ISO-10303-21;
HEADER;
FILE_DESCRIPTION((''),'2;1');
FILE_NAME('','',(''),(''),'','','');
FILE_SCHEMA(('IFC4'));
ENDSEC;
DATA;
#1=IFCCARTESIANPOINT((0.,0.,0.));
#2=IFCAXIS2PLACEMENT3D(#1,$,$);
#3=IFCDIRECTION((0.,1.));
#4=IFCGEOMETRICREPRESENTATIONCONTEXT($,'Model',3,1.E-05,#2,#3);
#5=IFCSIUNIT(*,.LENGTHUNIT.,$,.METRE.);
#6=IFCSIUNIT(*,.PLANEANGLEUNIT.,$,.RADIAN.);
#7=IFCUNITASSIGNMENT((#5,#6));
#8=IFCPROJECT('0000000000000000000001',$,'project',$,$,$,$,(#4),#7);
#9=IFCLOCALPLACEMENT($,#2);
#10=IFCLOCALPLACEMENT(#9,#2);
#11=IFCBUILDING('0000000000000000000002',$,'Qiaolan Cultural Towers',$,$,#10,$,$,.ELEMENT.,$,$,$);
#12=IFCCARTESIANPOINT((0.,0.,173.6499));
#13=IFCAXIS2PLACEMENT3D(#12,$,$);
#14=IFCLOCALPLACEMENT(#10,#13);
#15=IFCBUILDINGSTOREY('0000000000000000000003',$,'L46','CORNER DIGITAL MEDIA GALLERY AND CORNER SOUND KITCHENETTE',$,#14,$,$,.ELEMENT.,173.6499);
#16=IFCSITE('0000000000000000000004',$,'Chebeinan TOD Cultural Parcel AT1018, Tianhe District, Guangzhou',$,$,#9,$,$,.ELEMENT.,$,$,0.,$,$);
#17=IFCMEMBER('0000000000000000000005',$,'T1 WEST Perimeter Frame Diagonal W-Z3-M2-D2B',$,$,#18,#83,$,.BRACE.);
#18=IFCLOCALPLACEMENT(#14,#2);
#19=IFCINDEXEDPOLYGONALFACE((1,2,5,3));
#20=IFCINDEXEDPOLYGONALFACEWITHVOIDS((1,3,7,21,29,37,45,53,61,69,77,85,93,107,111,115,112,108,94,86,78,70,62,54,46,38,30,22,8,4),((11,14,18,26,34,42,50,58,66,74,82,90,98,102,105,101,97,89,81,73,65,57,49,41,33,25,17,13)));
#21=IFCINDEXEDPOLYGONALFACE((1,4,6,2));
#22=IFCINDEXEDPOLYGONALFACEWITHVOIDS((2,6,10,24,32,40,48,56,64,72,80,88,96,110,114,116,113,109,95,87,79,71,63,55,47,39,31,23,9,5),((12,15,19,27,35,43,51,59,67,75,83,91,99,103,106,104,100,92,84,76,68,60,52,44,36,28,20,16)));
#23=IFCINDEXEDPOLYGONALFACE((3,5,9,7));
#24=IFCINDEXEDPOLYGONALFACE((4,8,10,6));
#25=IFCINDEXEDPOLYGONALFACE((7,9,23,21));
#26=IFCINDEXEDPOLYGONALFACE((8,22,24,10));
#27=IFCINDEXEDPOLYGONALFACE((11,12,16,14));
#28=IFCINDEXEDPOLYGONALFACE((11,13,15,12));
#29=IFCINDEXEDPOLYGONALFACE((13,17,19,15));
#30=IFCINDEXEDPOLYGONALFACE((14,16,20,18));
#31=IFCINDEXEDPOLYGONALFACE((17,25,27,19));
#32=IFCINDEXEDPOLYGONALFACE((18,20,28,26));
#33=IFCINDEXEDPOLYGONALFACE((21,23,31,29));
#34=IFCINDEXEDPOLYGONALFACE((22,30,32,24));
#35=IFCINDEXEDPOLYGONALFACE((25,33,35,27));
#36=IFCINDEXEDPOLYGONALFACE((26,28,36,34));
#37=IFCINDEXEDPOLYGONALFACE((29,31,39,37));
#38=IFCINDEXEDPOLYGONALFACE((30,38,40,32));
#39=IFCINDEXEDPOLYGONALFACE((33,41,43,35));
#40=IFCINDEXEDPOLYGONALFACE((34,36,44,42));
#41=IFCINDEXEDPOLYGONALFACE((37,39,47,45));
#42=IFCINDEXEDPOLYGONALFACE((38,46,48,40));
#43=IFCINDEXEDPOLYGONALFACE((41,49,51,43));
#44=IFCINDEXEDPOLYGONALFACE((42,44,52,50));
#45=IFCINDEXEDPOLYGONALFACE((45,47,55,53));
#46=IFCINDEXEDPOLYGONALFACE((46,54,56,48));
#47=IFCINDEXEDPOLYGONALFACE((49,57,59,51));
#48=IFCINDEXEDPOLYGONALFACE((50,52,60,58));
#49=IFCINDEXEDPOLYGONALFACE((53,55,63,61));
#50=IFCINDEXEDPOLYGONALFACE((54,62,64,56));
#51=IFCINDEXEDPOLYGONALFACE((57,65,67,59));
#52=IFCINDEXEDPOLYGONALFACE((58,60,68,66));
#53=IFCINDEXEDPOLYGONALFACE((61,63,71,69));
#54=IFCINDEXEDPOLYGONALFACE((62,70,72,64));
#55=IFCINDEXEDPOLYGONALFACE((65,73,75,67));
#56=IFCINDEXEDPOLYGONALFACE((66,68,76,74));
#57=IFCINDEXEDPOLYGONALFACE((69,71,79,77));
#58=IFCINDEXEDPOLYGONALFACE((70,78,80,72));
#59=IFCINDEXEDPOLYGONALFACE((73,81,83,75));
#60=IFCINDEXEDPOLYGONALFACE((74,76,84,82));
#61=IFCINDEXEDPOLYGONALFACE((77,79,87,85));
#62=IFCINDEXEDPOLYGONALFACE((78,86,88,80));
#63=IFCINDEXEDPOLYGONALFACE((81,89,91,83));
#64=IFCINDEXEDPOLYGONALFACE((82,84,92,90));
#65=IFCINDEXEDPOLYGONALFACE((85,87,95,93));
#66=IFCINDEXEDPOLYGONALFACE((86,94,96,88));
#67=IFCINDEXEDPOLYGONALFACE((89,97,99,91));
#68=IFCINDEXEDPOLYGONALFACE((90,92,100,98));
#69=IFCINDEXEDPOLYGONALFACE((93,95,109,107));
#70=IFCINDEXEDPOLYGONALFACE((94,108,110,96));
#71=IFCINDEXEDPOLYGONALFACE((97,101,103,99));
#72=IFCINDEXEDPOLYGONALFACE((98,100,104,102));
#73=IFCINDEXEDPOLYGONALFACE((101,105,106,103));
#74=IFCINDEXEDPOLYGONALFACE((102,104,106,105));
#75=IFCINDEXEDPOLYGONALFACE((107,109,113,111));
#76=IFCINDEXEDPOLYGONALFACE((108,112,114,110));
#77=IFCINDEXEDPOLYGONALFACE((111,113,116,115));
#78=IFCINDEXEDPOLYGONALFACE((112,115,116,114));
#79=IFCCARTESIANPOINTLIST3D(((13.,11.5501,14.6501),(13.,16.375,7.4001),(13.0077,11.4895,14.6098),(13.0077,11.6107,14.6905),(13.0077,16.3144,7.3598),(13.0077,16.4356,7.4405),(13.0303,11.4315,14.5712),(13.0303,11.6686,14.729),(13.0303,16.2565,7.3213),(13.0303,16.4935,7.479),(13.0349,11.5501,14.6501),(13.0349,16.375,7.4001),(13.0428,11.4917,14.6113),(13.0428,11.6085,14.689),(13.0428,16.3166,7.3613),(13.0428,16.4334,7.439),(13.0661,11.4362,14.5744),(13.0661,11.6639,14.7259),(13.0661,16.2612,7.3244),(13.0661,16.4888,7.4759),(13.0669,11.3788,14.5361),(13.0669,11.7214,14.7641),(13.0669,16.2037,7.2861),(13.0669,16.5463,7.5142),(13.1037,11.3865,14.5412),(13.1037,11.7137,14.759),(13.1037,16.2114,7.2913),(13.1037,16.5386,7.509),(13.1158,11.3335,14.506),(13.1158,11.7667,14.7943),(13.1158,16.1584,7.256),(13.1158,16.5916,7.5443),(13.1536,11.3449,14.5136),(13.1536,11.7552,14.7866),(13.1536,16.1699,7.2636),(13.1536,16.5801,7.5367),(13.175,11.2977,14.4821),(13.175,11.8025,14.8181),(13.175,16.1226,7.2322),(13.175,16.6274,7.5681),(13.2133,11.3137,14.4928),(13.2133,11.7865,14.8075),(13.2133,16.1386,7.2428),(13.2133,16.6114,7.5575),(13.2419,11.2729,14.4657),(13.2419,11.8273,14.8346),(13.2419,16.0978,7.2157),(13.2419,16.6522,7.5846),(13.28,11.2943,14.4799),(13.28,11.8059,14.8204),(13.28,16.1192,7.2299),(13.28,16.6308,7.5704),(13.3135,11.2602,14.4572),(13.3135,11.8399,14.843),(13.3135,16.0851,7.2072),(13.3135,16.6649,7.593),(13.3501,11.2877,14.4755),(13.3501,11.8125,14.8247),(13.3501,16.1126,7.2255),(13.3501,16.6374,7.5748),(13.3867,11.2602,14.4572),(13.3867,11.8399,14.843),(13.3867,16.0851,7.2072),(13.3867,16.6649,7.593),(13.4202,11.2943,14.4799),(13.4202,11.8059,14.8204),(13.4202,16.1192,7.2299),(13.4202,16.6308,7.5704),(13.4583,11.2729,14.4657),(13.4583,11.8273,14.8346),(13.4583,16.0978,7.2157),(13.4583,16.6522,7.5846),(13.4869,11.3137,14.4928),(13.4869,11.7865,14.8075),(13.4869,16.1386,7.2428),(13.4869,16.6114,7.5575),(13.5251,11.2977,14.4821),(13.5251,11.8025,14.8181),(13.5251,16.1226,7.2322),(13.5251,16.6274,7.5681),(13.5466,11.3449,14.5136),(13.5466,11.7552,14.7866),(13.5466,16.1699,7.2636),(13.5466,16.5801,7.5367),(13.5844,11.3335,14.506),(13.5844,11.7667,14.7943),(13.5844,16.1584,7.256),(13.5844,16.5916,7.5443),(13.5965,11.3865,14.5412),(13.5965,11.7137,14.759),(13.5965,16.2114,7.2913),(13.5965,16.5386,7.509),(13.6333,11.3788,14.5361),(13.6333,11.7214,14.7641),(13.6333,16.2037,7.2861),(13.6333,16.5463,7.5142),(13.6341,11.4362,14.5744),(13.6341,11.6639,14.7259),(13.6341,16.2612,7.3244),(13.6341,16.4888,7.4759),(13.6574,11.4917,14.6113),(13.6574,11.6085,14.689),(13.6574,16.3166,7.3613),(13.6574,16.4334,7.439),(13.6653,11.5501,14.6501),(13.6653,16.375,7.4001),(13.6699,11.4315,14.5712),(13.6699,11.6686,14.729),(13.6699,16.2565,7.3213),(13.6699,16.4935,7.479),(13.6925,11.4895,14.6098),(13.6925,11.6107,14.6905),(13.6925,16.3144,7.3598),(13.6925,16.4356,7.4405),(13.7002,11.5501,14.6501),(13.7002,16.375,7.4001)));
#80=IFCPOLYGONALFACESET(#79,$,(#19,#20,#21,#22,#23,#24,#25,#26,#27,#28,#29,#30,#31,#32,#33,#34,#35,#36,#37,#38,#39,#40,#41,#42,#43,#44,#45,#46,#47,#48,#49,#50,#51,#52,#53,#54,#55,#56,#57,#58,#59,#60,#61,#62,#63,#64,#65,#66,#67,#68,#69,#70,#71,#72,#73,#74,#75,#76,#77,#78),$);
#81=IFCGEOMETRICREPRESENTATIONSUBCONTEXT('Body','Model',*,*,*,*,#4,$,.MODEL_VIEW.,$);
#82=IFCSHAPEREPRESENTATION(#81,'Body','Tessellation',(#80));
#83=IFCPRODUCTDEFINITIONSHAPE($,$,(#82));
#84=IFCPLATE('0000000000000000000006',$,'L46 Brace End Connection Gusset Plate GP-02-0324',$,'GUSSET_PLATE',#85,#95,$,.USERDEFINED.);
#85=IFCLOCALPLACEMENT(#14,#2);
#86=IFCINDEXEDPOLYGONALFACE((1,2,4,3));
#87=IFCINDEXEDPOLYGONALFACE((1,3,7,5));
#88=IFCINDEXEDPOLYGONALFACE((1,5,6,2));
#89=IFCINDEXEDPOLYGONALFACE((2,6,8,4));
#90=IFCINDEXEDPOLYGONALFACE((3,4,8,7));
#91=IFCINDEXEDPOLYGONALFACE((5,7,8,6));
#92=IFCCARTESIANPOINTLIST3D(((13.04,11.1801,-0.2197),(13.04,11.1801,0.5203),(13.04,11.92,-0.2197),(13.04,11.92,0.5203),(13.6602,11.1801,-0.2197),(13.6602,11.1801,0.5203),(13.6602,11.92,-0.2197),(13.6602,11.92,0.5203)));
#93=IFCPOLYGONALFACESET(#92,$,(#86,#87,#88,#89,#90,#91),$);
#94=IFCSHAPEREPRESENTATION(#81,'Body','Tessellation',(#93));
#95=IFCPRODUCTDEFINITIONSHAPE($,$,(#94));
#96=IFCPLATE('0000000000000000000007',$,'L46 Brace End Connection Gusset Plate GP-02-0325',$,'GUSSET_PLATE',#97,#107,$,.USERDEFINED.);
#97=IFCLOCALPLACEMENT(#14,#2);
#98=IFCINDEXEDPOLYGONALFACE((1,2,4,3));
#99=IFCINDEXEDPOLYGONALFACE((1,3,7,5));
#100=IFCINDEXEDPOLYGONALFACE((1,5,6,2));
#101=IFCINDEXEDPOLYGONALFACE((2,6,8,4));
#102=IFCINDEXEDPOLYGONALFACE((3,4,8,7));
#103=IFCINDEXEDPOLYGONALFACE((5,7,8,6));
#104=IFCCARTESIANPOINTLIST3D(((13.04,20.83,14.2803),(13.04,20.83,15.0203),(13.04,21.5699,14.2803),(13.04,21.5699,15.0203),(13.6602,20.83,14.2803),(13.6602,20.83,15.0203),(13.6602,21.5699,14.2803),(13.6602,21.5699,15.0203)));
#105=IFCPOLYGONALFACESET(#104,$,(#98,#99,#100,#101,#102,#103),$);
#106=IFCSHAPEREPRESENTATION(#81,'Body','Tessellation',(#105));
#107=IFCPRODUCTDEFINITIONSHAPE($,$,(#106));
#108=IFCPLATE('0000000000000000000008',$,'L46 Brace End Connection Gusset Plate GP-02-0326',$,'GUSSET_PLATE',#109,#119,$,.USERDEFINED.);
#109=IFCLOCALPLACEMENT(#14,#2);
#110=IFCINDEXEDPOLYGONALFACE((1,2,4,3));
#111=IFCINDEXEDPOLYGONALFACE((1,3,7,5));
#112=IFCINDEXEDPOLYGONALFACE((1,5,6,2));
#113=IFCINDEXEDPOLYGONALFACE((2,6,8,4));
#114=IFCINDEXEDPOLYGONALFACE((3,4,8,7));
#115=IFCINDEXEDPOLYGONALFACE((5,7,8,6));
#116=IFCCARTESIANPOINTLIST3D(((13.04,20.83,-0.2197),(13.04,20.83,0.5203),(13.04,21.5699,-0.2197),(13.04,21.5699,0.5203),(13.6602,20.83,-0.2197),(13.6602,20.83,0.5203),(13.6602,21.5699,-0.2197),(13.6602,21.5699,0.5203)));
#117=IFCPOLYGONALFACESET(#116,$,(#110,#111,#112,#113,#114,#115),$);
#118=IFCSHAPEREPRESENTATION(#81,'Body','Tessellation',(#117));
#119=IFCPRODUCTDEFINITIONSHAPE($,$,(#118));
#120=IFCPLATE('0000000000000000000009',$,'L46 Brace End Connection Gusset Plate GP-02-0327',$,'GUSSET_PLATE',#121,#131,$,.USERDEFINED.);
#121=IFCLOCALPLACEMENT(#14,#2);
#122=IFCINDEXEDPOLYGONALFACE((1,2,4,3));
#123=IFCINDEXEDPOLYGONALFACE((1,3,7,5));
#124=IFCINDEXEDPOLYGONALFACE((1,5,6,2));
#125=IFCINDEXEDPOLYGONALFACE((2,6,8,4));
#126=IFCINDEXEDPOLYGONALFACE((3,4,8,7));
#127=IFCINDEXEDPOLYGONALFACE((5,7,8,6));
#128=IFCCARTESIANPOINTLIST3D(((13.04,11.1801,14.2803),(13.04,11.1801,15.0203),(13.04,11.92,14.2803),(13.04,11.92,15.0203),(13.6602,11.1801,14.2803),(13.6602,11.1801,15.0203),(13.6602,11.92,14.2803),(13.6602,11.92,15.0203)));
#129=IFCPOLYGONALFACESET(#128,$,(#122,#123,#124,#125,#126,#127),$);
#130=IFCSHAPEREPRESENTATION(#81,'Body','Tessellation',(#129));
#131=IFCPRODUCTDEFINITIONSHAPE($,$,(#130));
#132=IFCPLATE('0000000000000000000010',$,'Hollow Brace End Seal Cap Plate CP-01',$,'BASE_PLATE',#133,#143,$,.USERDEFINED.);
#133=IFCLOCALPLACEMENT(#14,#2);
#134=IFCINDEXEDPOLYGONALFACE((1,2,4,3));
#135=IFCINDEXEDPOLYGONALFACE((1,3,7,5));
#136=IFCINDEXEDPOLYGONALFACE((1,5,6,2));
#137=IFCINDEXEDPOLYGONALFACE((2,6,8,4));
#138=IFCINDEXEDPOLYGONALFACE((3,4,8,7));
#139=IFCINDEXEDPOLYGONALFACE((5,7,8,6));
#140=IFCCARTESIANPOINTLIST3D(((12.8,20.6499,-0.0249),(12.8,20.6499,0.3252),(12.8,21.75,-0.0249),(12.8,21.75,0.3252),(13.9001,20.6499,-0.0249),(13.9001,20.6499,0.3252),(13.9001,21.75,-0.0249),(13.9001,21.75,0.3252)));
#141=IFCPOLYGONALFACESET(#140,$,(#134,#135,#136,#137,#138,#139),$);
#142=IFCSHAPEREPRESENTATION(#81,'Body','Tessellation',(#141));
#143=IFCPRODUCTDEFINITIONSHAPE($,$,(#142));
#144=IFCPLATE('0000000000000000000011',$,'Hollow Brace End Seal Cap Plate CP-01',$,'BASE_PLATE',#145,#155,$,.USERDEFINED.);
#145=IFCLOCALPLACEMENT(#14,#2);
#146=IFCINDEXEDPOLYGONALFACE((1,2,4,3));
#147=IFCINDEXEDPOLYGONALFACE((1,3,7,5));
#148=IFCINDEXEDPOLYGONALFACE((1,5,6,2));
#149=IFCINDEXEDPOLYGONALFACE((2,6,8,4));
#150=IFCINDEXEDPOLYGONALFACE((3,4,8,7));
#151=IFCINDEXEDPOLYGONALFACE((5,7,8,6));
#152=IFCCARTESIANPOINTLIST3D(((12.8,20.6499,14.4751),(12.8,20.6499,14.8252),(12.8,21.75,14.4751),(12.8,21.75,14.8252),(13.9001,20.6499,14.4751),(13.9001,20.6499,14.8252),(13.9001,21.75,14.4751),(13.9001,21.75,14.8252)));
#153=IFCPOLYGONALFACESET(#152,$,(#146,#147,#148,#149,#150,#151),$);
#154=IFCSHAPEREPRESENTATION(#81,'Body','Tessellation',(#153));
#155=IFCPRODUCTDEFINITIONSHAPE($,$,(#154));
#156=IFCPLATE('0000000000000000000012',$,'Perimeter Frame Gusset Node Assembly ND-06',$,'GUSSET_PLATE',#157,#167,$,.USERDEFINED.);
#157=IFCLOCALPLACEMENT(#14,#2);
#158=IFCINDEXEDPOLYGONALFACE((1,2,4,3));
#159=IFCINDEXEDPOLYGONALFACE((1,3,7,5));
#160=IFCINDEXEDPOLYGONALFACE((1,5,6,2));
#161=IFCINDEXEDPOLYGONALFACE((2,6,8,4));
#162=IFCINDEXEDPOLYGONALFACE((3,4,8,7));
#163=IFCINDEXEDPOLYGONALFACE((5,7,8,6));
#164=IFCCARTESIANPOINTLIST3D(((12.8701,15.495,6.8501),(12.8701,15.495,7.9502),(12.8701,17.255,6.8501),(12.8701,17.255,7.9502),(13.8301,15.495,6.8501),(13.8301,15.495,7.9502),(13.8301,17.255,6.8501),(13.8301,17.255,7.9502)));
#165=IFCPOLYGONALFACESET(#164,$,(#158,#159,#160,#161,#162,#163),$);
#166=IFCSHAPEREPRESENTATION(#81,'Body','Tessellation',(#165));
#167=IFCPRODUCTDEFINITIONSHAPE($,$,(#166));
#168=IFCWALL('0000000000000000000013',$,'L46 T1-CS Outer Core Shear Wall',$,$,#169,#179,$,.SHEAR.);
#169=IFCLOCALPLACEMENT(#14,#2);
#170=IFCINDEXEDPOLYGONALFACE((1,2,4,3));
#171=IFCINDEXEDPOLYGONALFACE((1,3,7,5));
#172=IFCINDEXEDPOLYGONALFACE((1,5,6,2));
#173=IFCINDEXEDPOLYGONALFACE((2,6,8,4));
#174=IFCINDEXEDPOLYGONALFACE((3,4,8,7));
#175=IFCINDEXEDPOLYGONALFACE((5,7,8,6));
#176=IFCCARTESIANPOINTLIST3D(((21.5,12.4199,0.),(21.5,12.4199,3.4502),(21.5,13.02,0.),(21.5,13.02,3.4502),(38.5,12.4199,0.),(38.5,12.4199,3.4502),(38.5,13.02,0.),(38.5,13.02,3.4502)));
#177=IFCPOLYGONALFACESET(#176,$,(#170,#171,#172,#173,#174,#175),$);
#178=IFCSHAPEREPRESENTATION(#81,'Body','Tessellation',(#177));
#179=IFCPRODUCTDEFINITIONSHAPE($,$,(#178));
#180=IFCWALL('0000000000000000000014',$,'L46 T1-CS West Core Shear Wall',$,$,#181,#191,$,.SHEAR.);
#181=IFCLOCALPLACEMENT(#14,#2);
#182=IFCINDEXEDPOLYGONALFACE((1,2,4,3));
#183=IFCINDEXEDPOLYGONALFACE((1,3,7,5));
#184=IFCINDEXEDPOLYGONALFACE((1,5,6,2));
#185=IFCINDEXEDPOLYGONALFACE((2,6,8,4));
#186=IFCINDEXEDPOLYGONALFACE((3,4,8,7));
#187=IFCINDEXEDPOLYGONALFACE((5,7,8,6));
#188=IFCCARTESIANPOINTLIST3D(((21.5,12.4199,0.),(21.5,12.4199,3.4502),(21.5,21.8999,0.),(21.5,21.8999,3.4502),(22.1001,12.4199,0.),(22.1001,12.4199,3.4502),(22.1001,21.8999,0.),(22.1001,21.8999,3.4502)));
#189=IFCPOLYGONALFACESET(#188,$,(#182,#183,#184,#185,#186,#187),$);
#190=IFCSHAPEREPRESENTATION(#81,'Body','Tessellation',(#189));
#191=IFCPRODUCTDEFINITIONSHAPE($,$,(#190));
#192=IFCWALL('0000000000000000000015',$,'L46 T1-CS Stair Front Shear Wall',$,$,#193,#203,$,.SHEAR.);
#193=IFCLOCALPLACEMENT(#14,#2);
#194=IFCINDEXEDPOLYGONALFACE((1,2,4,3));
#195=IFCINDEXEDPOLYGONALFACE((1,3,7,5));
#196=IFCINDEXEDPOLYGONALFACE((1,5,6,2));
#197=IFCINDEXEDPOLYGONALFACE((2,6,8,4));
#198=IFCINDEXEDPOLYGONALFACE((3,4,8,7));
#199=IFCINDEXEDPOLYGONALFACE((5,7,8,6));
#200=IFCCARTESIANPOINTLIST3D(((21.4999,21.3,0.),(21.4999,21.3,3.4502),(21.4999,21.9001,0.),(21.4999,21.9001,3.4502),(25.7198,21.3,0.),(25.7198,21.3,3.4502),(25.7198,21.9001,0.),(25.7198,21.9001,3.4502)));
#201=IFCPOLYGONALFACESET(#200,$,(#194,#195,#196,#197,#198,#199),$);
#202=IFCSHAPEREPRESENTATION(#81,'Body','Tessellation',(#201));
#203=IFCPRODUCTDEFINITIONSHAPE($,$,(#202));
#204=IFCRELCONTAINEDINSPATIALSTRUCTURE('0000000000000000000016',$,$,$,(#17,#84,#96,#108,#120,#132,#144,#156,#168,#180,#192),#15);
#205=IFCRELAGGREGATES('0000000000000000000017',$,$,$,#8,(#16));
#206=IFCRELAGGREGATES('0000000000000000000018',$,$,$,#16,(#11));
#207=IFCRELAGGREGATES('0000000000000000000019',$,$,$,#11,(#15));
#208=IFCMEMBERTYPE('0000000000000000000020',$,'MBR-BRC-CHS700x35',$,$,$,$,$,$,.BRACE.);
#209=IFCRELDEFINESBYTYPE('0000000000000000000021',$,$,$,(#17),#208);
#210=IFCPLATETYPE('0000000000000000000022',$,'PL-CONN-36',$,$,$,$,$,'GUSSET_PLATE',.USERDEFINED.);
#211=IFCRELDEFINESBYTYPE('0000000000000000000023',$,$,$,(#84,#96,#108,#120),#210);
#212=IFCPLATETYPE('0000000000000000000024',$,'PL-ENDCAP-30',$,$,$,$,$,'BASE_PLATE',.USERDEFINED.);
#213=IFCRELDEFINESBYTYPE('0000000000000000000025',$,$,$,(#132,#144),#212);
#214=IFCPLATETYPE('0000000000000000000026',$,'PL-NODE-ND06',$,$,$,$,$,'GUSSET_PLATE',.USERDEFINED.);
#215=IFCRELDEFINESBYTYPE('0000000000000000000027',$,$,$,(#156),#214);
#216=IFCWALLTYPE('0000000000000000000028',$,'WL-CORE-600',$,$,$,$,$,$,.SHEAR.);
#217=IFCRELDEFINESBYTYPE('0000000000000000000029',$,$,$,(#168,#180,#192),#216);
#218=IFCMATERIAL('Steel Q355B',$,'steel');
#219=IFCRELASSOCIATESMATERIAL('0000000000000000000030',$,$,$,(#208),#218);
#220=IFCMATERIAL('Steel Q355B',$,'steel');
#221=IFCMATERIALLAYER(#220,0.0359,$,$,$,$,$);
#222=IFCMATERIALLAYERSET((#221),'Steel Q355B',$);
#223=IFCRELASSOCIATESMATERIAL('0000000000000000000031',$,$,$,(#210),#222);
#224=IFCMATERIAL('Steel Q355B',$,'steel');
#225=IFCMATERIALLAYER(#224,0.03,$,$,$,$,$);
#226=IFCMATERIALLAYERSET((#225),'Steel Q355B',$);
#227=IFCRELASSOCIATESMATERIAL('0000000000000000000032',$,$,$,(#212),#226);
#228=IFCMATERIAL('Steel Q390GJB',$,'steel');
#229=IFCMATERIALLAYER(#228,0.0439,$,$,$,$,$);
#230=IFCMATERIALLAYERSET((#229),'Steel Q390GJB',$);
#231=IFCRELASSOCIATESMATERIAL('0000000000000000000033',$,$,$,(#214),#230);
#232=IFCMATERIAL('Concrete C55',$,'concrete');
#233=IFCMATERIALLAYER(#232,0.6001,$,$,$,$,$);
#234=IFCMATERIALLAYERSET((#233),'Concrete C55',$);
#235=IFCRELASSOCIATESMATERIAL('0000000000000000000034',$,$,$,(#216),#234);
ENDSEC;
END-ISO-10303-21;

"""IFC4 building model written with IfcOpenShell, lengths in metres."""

from ifc_helpers import new_model, si_unit, direction, frame, frame_2d, origin, origin_2d, place, context, subcontext, project, spatial, rectangle, hollow_circle, extrude, material, layer, layer_set, material_profile, profile_set, type_object, element, save


model = new_model("IFC4")

# Units and contexts
model_context = context("Model", 3, precision=1e-05, world=origin(), true_north=direction((0.0, 1.0)))
body_context = subcontext(model_context, "Body", "Model", "MODEL_VIEW")
ifc_project = project(units=[si_unit("LENGTHUNIT", "METRE"), si_unit("PLANEANGLEUNIT", "RADIAN")], contexts=[model_context])

# Site, building, storey
site_placement = place(None, origin())
site = spatial("IfcSite", under=ifc_project, at=site_placement, Name="Chebeinan TOD Cultural Parcel AT1018, Tianhe District, Guangzhou", CompositionType="ELEMENT", RefElevation=0.0)
building_placement = place(site_placement, origin())
building = spatial("IfcBuilding", under=site, at=building_placement, Name="Qiaolan Cultural Towers", CompositionType="ELEMENT")
storey_placement = place(building_placement, frame((0.0, 0.0, 173.6499)))
storey = spatial("IfcBuildingStorey", under=building, at=storey_placement, Name="L46", Description="CORNER DIGITAL MEDIA GALLERY AND CORNER SOUND KITCHENETTE", CompositionType="ELEMENT", Elevation=173.6499)

# Member
ifc_material_1 = material(Name="Steel Q355B", Category="steel")
ifc_material_profile_1 = material_profile(ifc_material_1, hollow_circle(Radius=0.3501, WallThickness=0.0349, at=origin_2d()), Name="CHS700x35")
ifc_profile_set_1 = profile_set([ifc_material_profile_1], Name="Steel Q355B")
member_type = type_object("IfcMemberType", Name="MBR-BRC-CHS700x35", PredefinedType="BRACE", material=ifc_profile_set_1)
for number, where, z_axis, x_axis, name in (
    (1, (13.3501, 16.375, 7.4001), (0.0, -0.554034, 0.832494), (1.0, 0.0, 0.0), "T1 WEST Perimeter Frame Diagonal W-Z3-M2-D2B"),
):
    element("IfcMember", number, at=place(storey_placement, frame(where, z_axis=z_axis, x_axis=x_axis)), inside=storey, type_object=member_type, Name=name, PredefinedType="BRACE", context=body_context, shape_type="SweptSolid", body=[
        extrude(hollow_circle(Radius=0.3501, WallThickness=0.0349, at=origin_2d()), origin(), (0.0, 0.0, 1.0), 8.7087),
    ])

# Plates
ifc_material_2 = material(Name="Steel Q355B", Category="steel")
ifc_layer_1 = layer(ifc_material_2, 0.0359)
ifc_layer_set_1 = layer_set([ifc_layer_1], Name="Steel Q355B")
plate_type_1 = type_object("IfcPlateType", Name="PL-CONN-36", ElementType="GUSSET_PLATE", PredefinedType="USERDEFINED", material=ifc_layer_set_1)
for number, where, z_axis, x_axis, name in (
    (2, (13.3501, 11.55, -0.2197), (0.0, 0.0, 1.0), (0.0, 1.0, 0.0), "L46 Brace End Connection Gusset Plate GP-02-0324"),
    (3, (13.3501, 21.2, 14.2803), (0.0, 0.0, 1.0), (0.0, 1.0, 0.0), "L46 Brace End Connection Gusset Plate GP-02-0325"),
    (4, (13.3501, 21.2, -0.2197), (0.0, 0.0, 1.0), (0.0, 1.0, 0.0), "L46 Brace End Connection Gusset Plate GP-02-0326"),
    (5, (13.3501, 11.55, 14.2803), (0.0, 0.0, 1.0), (0.0, 1.0, 0.0), "L46 Brace End Connection Gusset Plate GP-02-0327"),
):
    element("IfcPlate", number, at=place(storey_placement, frame(where, z_axis=z_axis, x_axis=x_axis)), inside=storey, type_object=plate_type_1, Name=name, ObjectType="GUSSET_PLATE", PredefinedType="USERDEFINED", context=body_context, shape_type="SweptSolid", body=[
        extrude(rectangle(XDim=0.74, YDim=0.6201, at=origin_2d()), origin(), (0.0, 0.0, 1.0), 0.74),
    ])
ifc_material_3 = material(Name="Steel Q355B", Category="steel")
ifc_layer_2 = layer(ifc_material_3, 0.03)
ifc_layer_set_2 = layer_set([ifc_layer_2], Name="Steel Q355B")
plate_type_2 = type_object("IfcPlateType", Name="PL-ENDCAP-30", ElementType="BASE_PLATE", PredefinedType="USERDEFINED", material=ifc_layer_set_2)
for number, where, z_axis, x_axis, name in (
    (6, (13.3501, 21.2, -0.0249), (0.0, 0.0, 1.0), (0.0, 1.0, 0.0), "Hollow Brace End Seal Cap Plate CP-01"),
    (7, (13.3501, 21.2, 14.4751), (0.0, 0.0, 1.0), (0.0, 1.0, 0.0), "Hollow Brace End Seal Cap Plate CP-01"),
):
    element("IfcPlate", number, at=place(storey_placement, frame(where, z_axis=z_axis, x_axis=x_axis)), inside=storey, type_object=plate_type_2, Name=name, ObjectType="BASE_PLATE", PredefinedType="USERDEFINED", context=body_context, shape_type="SweptSolid", body=[
        extrude(rectangle(XDim=1.1001, YDim=1.1001, at=origin_2d()), origin(), (0.0, 0.0, 1.0), 0.3501),
    ])
ifc_material_4 = material(Name="Steel Q390GJB", Category="steel")
ifc_layer_3 = layer(ifc_material_4, 0.0439)
ifc_layer_set_3 = layer_set([ifc_layer_3], Name="Steel Q390GJB")
plate_type_3 = type_object("IfcPlateType", Name="PL-NODE-ND06", ElementType="GUSSET_PLATE", PredefinedType="USERDEFINED", material=ifc_layer_set_3)
plate_placement = place(storey_placement, frame((13.3501, 16.375, 6.8501), z_axis=(0.0, 0.0, 1.0), x_axis=(0.0, 1.0, 0.0)))
element("IfcPlate", 8, at=plate_placement, inside=storey, type_object=plate_type_3, Name="Perimeter Frame Gusset Node Assembly ND-06", ObjectType="GUSSET_PLATE", PredefinedType="USERDEFINED", context=body_context, shape_type="SweptSolid", body=[
    extrude(rectangle(XDim=1.76, YDim=0.96, at=origin_2d()), origin(), (0.0, 0.0, 1.0), 1.1001),
])

# Walls
ifc_material_5 = material(Name="Concrete C55", Category="concrete")
ifc_layer_4 = layer(ifc_material_5, 0.6001)
ifc_layer_set_4 = layer_set([ifc_layer_4], Name="Concrete C55")
wall_type_1 = type_object("IfcWallType", Name="WL-CORE-600", PredefinedType="SHEAR", material=ifc_layer_set_4)
wall_1_placement = place(storey_placement, frame((21.5, 12.72, 0.0), z_axis=(0.0, 0.0, 1.0), x_axis=(1.0, 0.0, 0.0)))
element("IfcWall", 9, at=wall_1_placement, inside=storey, type_object=wall_type_1, Name="L46 T1-CS Outer Core Shear Wall", PredefinedType="SHEAR", context=body_context, shape_type="SweptSolid", body=[
    extrude(rectangle(XDim=17.0, YDim=0.6001, at=frame_2d((8.5, 0.0))), origin(), (0.0, 0.0, 1.0), 3.4502),
])
wall_2_placement = place(storey_placement, frame((21.8, 21.8999, 0.0), z_axis=(0.0, 0.0, 1.0), x_axis=(0.0, -1.0, 0.0)))
element("IfcWall", 10, at=wall_2_placement, inside=storey, type_object=wall_type_1, Name="L46 T1-CS West Core Shear Wall", PredefinedType="SHEAR", context=body_context, shape_type="SweptSolid", body=[
    extrude(rectangle(XDim=9.48, YDim=0.6001, at=frame_2d((4.74, 0.0))), origin(), (0.0, 0.0, 1.0), 3.4502),
])
wall_3_placement = place(storey_placement, frame((21.5, 21.6001, 0.0), z_axis=(0.0, 0.0, 1.0), x_axis=(1.0, 0.0, 0.0)))
element("IfcWall", 11, at=wall_3_placement, inside=storey, type_object=wall_type_1, Name="L46 T1-CS Stair Front Shear Wall", PredefinedType="SHEAR", context=body_context, shape_type="SweptSolid", body=[
    extrude(rectangle(XDim=4.22, YDim=0.6001, at=frame_2d((2.1099, 0.0))), origin(), (0.0, 0.0, 1.0), 3.4502),
])

save(model, "model.ifc")
